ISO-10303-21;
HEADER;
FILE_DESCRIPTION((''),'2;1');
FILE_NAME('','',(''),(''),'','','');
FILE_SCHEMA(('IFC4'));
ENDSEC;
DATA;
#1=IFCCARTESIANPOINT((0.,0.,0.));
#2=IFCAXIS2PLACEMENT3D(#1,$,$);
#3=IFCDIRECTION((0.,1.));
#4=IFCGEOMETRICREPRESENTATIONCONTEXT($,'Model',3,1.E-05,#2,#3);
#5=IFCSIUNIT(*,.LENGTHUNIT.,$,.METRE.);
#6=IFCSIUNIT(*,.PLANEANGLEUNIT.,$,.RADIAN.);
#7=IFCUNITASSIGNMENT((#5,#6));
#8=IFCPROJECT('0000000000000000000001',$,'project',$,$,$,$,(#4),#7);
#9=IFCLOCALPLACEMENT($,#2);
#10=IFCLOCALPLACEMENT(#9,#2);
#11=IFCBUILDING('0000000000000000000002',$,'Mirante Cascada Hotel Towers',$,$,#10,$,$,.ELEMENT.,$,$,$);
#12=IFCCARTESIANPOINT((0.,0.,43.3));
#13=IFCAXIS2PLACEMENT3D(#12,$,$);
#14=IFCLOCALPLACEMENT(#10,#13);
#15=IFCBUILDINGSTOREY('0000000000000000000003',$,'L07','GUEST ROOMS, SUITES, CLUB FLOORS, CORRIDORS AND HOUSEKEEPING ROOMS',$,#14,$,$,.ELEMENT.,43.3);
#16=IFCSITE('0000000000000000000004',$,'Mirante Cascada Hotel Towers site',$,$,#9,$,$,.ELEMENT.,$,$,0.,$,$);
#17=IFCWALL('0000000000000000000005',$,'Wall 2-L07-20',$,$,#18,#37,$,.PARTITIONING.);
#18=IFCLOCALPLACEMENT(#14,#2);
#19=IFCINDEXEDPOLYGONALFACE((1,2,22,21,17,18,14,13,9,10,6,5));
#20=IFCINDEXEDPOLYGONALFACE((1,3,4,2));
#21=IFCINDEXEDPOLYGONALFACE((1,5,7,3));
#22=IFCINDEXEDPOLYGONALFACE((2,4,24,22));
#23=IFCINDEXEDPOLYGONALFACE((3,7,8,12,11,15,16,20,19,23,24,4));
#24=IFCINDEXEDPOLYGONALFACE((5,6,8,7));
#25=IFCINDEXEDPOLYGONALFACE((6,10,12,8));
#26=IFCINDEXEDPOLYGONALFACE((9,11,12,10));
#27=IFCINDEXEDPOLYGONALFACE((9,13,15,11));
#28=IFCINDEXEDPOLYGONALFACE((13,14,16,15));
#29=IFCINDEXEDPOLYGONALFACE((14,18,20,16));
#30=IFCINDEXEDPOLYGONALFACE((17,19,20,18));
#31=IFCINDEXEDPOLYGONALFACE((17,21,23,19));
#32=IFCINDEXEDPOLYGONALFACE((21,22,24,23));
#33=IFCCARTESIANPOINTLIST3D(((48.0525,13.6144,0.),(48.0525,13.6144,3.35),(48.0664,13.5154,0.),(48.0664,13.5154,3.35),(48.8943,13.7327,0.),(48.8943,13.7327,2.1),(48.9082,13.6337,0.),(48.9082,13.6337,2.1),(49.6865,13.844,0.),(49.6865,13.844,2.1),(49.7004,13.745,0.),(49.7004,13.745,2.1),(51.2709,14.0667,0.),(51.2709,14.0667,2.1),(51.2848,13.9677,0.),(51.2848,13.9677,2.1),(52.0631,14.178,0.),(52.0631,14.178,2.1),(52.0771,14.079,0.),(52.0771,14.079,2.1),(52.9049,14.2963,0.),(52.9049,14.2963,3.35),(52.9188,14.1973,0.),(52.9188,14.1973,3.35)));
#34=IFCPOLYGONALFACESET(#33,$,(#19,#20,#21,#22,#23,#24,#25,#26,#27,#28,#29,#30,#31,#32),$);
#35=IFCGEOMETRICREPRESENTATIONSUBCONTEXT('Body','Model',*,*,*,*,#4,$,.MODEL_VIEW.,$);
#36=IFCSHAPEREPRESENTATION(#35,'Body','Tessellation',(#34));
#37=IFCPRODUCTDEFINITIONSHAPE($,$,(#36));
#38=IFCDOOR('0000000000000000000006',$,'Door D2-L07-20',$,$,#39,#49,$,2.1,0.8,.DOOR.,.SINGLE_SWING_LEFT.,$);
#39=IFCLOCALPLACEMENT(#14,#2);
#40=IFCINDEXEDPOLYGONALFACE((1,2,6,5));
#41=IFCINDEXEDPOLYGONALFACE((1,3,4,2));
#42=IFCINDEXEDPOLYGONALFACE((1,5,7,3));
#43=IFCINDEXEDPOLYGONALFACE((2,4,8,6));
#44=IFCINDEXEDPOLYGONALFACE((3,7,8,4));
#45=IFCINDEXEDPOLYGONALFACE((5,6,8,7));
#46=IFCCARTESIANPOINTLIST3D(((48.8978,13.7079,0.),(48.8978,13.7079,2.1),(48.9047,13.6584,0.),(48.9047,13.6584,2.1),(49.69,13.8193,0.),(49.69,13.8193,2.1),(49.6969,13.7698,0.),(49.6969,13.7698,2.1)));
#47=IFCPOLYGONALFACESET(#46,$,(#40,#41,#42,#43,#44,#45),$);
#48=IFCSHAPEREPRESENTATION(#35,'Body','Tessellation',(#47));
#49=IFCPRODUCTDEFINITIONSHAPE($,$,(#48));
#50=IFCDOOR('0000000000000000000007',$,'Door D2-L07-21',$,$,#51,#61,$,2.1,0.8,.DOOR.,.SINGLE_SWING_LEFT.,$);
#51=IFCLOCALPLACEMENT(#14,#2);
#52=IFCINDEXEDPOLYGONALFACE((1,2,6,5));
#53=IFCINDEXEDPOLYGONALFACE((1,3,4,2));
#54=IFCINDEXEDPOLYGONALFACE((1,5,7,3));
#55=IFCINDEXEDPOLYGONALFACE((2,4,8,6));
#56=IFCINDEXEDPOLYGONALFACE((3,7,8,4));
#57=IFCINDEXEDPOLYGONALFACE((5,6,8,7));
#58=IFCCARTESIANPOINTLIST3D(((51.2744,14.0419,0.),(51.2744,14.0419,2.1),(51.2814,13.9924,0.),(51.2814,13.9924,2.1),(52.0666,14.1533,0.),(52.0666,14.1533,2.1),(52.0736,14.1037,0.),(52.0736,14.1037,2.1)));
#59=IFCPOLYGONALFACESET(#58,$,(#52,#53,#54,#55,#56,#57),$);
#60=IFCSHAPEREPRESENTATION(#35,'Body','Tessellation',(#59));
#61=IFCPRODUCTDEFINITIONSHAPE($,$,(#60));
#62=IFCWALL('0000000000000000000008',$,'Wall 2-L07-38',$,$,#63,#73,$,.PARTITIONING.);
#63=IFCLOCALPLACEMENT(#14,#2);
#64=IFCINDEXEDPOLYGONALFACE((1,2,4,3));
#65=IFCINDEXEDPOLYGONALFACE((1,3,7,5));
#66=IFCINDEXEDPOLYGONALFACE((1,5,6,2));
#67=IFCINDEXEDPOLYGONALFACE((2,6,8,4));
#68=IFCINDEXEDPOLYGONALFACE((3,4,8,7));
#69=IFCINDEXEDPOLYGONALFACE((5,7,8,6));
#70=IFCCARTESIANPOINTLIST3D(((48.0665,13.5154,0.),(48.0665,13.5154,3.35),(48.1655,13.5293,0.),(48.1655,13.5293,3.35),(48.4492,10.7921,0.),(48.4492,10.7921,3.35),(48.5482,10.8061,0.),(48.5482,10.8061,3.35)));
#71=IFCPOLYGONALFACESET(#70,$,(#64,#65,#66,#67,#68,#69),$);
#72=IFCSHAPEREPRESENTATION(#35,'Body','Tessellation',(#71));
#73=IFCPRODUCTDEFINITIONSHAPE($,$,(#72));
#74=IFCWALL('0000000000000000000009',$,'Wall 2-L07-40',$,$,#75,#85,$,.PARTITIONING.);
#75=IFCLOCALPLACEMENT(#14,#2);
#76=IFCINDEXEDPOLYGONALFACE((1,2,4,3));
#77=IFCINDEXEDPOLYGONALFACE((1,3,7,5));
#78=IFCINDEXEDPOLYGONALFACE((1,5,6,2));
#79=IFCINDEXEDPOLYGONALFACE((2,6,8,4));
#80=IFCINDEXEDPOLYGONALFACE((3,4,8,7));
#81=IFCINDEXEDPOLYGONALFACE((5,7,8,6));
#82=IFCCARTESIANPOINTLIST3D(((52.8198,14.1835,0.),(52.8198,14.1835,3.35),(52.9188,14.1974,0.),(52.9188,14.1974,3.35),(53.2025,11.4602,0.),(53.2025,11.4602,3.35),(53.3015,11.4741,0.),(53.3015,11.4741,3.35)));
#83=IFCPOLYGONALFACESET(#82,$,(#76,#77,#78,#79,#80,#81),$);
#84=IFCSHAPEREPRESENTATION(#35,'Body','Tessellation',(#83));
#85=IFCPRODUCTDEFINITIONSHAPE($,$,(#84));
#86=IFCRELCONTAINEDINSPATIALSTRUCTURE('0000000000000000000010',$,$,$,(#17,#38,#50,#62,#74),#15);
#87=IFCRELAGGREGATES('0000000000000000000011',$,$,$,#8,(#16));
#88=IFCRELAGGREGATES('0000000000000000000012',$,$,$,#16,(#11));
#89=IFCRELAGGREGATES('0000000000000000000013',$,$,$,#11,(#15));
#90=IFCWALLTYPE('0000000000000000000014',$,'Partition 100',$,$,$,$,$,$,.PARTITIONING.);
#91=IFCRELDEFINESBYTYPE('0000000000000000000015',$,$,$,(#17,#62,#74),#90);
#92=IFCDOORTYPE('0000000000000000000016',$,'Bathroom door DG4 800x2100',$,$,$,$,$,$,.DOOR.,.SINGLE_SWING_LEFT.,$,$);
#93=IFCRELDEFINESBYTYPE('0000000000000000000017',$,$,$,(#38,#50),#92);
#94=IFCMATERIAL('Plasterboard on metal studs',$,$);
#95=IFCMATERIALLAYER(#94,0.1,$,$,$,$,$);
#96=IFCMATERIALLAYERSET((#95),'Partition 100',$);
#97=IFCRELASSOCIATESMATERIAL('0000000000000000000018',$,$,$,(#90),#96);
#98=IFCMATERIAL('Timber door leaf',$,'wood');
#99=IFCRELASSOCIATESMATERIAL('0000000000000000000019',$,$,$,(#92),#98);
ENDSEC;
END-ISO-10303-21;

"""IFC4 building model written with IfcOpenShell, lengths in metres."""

from ifc_helpers import new_model, si_unit, direction, frame, frame_2d, origin, place, context, subcontext, project, spatial, rectangle, extrude, material, layer, layer_set, type_object, element, fill, save


model = new_model("IFC4")

# Units and contexts
model_context = context("Model", 3, precision=1e-05, world=origin(), true_north=direction((0.0, 1.0)))
body_context = subcontext(model_context, "Body", "Model", "MODEL_VIEW")
ifc_project = project(units=[si_unit("LENGTHUNIT", "METRE"), si_unit("PLANEANGLEUNIT", "RADIAN")], contexts=[model_context])

# Site, building, storey
site_placement = place(None, origin())
site = spatial("IfcSite", under=ifc_project, at=site_placement, Name="Mirante Cascada Hotel Towers site", CompositionType="ELEMENT", RefElevation=0.0)
building_placement = place(site_placement, origin())
building = spatial("IfcBuilding", under=site, at=building_placement, Name="Mirante Cascada Hotel Towers", CompositionType="ELEMENT")
storey_placement = place(building_placement, frame((0.0, 0.0, 43.3)))
storey = spatial("IfcBuildingStorey", under=building, at=storey_placement, Name="L07", Description="GUEST ROOMS, SUITES, CLUB FLOORS, CORRIDORS AND HOUSEKEEPING ROOMS", CompositionType="ELEMENT", Elevation=43.3)

# Shared definitions
ifc_material_1 = material(Name="Plasterboard on metal studs")
ifc_layer_1 = layer(ifc_material_1, 0.1)
ifc_layer_set_1 = layer_set([ifc_layer_1], Name="Partition 100")
wall_type_1 = type_object("IfcWallType", Name="Partition 100", PredefinedType="PARTITIONING", material=ifc_layer_set_1)
ifc_material_2 = material(Name="Timber door leaf", Category="wood")
door_type = type_object("IfcDoorType", Name="Bathroom door DG4 800x2100", OperationType="SINGLE_SWING_LEFT", PredefinedType="DOOR", material=ifc_material_2)

# Wall, openings, doors
wall_1_placement = place(storey_placement, frame((48.0595, 13.5649, 0.0), z_axis=(0.0, 0.0, 1.0), x_axis=(0.99027, 0.139161, 0.0)))
wall_1 = element("IfcWall", 1, at=wall_1_placement, inside=storey, type_object=wall_type_1, Name="Wall 2-L07-20", PredefinedType="PARTITIONING", context=body_context, shape_type="SweptSolid", body=[
    extrude(rectangle(XDim=4.9001, YDim=0.1, at=frame_2d((2.45, 0.0))), origin(), (0.0, 0.0, 1.0), 3.35),
])
opening_1_placement = place(wall_1_placement, frame((0.85, 0.0, 0.0)))
opening_1 = element("IfcOpeningElement", 2, at=opening_1_placement, cuts=wall_1, PredefinedType="OPENING", context=body_context, shape_type="SweptSolid", body=[
    extrude(rectangle(XDim=0.8, YDim=2.1, at=frame_2d((0.4, 1.05))), frame((0.0, 0.05, 0.0), z_axis=(0.0, -1.0, 0.0), x_axis=(1.0, 0.0, 0.0)), (0.0, 0.0, 1.0), 0.1),
])
opening_2_placement = place(wall_1_placement, frame((3.25, 0.0, 0.0)))
opening_2 = element("IfcOpeningElement", 3, at=opening_2_placement, cuts=wall_1, PredefinedType="OPENING", context=body_context, shape_type="SweptSolid", body=[
    extrude(rectangle(XDim=0.8, YDim=2.1, at=frame_2d((0.4, 1.05))), frame((0.0, 0.05, 0.0), z_axis=(0.0, -1.0, 0.0), x_axis=(1.0, 0.0, 0.0)), (0.0, 0.0, 1.0), 0.1),
])
door_1_placement = place(opening_1_placement, origin())
door_1 = element("IfcDoor", 4, at=door_1_placement, inside=storey, type_object=door_type, Name="Door D2-L07-20", OperationType="SINGLE_SWING_LEFT", OverallHeight=2.1, OverallWidth=0.8, PredefinedType="DOOR", context=body_context, shape_type="SweptSolid", body=[
    extrude(rectangle(XDim=0.8, YDim=2.1, at=frame_2d((0.4, 1.05))), frame((0.0, 0.025, 0.0), z_axis=(0.0, -1.0, 0.0), x_axis=(1.0, 0.0, 0.0)), (0.0, 0.0, 1.0), 0.05),
])
fill(opening_1, door_1)
door_2_placement = place(opening_2_placement, origin())
door_2 = element("IfcDoor", 5, at=door_2_placement, inside=storey, type_object=door_type, Name="Door D2-L07-21", OperationType="SINGLE_SWING_LEFT", OverallHeight=2.1, OverallWidth=0.8, PredefinedType="DOOR", context=body_context, shape_type="SweptSolid", body=[
    extrude(rectangle(XDim=0.8, YDim=2.1, at=frame_2d((0.4, 1.05))), frame((0.0, 0.025, 0.0), z_axis=(0.0, -1.0, 0.0), x_axis=(1.0, 0.0, 0.0)), (0.0, 0.0, 1.0), 0.05),
])
fill(opening_2, door_2)

# Walls
wall_2_placement = place(storey_placement, frame((48.4987, 10.7991, 0.0), z_axis=(0.0, 0.0, 1.0), x_axis=(-0.139166, 0.990269, 0.0)))
element("IfcWall", 6, at=wall_2_placement, inside=storey, type_object=wall_type_1, Name="Wall 2-L07-38", PredefinedType="PARTITIONING", context=body_context, shape_type="SweptSolid", body=[
    extrude(rectangle(XDim=2.75, YDim=0.1, at=frame_2d((1.375, 0.0))), origin(), (0.0, 0.0, 1.0), 3.35),
])
wall_3_placement = place(storey_placement, frame((53.252, 11.4671, 0.0), z_axis=(0.0, 0.0, 1.0), x_axis=(-0.139161, 0.99027, 0.0)))
element("IfcWall", 7, at=wall_3_placement, inside=storey, type_object=wall_type_1, Name="Wall 2-L07-40", PredefinedType="PARTITIONING", context=body_context, shape_type="SweptSolid", body=[
    extrude(rectangle(XDim=2.7501, YDim=0.1, at=frame_2d((1.3751, 0.0))), origin(), (0.0, 0.0, 1.0), 3.35),
])

save(model, "model.ifc")
